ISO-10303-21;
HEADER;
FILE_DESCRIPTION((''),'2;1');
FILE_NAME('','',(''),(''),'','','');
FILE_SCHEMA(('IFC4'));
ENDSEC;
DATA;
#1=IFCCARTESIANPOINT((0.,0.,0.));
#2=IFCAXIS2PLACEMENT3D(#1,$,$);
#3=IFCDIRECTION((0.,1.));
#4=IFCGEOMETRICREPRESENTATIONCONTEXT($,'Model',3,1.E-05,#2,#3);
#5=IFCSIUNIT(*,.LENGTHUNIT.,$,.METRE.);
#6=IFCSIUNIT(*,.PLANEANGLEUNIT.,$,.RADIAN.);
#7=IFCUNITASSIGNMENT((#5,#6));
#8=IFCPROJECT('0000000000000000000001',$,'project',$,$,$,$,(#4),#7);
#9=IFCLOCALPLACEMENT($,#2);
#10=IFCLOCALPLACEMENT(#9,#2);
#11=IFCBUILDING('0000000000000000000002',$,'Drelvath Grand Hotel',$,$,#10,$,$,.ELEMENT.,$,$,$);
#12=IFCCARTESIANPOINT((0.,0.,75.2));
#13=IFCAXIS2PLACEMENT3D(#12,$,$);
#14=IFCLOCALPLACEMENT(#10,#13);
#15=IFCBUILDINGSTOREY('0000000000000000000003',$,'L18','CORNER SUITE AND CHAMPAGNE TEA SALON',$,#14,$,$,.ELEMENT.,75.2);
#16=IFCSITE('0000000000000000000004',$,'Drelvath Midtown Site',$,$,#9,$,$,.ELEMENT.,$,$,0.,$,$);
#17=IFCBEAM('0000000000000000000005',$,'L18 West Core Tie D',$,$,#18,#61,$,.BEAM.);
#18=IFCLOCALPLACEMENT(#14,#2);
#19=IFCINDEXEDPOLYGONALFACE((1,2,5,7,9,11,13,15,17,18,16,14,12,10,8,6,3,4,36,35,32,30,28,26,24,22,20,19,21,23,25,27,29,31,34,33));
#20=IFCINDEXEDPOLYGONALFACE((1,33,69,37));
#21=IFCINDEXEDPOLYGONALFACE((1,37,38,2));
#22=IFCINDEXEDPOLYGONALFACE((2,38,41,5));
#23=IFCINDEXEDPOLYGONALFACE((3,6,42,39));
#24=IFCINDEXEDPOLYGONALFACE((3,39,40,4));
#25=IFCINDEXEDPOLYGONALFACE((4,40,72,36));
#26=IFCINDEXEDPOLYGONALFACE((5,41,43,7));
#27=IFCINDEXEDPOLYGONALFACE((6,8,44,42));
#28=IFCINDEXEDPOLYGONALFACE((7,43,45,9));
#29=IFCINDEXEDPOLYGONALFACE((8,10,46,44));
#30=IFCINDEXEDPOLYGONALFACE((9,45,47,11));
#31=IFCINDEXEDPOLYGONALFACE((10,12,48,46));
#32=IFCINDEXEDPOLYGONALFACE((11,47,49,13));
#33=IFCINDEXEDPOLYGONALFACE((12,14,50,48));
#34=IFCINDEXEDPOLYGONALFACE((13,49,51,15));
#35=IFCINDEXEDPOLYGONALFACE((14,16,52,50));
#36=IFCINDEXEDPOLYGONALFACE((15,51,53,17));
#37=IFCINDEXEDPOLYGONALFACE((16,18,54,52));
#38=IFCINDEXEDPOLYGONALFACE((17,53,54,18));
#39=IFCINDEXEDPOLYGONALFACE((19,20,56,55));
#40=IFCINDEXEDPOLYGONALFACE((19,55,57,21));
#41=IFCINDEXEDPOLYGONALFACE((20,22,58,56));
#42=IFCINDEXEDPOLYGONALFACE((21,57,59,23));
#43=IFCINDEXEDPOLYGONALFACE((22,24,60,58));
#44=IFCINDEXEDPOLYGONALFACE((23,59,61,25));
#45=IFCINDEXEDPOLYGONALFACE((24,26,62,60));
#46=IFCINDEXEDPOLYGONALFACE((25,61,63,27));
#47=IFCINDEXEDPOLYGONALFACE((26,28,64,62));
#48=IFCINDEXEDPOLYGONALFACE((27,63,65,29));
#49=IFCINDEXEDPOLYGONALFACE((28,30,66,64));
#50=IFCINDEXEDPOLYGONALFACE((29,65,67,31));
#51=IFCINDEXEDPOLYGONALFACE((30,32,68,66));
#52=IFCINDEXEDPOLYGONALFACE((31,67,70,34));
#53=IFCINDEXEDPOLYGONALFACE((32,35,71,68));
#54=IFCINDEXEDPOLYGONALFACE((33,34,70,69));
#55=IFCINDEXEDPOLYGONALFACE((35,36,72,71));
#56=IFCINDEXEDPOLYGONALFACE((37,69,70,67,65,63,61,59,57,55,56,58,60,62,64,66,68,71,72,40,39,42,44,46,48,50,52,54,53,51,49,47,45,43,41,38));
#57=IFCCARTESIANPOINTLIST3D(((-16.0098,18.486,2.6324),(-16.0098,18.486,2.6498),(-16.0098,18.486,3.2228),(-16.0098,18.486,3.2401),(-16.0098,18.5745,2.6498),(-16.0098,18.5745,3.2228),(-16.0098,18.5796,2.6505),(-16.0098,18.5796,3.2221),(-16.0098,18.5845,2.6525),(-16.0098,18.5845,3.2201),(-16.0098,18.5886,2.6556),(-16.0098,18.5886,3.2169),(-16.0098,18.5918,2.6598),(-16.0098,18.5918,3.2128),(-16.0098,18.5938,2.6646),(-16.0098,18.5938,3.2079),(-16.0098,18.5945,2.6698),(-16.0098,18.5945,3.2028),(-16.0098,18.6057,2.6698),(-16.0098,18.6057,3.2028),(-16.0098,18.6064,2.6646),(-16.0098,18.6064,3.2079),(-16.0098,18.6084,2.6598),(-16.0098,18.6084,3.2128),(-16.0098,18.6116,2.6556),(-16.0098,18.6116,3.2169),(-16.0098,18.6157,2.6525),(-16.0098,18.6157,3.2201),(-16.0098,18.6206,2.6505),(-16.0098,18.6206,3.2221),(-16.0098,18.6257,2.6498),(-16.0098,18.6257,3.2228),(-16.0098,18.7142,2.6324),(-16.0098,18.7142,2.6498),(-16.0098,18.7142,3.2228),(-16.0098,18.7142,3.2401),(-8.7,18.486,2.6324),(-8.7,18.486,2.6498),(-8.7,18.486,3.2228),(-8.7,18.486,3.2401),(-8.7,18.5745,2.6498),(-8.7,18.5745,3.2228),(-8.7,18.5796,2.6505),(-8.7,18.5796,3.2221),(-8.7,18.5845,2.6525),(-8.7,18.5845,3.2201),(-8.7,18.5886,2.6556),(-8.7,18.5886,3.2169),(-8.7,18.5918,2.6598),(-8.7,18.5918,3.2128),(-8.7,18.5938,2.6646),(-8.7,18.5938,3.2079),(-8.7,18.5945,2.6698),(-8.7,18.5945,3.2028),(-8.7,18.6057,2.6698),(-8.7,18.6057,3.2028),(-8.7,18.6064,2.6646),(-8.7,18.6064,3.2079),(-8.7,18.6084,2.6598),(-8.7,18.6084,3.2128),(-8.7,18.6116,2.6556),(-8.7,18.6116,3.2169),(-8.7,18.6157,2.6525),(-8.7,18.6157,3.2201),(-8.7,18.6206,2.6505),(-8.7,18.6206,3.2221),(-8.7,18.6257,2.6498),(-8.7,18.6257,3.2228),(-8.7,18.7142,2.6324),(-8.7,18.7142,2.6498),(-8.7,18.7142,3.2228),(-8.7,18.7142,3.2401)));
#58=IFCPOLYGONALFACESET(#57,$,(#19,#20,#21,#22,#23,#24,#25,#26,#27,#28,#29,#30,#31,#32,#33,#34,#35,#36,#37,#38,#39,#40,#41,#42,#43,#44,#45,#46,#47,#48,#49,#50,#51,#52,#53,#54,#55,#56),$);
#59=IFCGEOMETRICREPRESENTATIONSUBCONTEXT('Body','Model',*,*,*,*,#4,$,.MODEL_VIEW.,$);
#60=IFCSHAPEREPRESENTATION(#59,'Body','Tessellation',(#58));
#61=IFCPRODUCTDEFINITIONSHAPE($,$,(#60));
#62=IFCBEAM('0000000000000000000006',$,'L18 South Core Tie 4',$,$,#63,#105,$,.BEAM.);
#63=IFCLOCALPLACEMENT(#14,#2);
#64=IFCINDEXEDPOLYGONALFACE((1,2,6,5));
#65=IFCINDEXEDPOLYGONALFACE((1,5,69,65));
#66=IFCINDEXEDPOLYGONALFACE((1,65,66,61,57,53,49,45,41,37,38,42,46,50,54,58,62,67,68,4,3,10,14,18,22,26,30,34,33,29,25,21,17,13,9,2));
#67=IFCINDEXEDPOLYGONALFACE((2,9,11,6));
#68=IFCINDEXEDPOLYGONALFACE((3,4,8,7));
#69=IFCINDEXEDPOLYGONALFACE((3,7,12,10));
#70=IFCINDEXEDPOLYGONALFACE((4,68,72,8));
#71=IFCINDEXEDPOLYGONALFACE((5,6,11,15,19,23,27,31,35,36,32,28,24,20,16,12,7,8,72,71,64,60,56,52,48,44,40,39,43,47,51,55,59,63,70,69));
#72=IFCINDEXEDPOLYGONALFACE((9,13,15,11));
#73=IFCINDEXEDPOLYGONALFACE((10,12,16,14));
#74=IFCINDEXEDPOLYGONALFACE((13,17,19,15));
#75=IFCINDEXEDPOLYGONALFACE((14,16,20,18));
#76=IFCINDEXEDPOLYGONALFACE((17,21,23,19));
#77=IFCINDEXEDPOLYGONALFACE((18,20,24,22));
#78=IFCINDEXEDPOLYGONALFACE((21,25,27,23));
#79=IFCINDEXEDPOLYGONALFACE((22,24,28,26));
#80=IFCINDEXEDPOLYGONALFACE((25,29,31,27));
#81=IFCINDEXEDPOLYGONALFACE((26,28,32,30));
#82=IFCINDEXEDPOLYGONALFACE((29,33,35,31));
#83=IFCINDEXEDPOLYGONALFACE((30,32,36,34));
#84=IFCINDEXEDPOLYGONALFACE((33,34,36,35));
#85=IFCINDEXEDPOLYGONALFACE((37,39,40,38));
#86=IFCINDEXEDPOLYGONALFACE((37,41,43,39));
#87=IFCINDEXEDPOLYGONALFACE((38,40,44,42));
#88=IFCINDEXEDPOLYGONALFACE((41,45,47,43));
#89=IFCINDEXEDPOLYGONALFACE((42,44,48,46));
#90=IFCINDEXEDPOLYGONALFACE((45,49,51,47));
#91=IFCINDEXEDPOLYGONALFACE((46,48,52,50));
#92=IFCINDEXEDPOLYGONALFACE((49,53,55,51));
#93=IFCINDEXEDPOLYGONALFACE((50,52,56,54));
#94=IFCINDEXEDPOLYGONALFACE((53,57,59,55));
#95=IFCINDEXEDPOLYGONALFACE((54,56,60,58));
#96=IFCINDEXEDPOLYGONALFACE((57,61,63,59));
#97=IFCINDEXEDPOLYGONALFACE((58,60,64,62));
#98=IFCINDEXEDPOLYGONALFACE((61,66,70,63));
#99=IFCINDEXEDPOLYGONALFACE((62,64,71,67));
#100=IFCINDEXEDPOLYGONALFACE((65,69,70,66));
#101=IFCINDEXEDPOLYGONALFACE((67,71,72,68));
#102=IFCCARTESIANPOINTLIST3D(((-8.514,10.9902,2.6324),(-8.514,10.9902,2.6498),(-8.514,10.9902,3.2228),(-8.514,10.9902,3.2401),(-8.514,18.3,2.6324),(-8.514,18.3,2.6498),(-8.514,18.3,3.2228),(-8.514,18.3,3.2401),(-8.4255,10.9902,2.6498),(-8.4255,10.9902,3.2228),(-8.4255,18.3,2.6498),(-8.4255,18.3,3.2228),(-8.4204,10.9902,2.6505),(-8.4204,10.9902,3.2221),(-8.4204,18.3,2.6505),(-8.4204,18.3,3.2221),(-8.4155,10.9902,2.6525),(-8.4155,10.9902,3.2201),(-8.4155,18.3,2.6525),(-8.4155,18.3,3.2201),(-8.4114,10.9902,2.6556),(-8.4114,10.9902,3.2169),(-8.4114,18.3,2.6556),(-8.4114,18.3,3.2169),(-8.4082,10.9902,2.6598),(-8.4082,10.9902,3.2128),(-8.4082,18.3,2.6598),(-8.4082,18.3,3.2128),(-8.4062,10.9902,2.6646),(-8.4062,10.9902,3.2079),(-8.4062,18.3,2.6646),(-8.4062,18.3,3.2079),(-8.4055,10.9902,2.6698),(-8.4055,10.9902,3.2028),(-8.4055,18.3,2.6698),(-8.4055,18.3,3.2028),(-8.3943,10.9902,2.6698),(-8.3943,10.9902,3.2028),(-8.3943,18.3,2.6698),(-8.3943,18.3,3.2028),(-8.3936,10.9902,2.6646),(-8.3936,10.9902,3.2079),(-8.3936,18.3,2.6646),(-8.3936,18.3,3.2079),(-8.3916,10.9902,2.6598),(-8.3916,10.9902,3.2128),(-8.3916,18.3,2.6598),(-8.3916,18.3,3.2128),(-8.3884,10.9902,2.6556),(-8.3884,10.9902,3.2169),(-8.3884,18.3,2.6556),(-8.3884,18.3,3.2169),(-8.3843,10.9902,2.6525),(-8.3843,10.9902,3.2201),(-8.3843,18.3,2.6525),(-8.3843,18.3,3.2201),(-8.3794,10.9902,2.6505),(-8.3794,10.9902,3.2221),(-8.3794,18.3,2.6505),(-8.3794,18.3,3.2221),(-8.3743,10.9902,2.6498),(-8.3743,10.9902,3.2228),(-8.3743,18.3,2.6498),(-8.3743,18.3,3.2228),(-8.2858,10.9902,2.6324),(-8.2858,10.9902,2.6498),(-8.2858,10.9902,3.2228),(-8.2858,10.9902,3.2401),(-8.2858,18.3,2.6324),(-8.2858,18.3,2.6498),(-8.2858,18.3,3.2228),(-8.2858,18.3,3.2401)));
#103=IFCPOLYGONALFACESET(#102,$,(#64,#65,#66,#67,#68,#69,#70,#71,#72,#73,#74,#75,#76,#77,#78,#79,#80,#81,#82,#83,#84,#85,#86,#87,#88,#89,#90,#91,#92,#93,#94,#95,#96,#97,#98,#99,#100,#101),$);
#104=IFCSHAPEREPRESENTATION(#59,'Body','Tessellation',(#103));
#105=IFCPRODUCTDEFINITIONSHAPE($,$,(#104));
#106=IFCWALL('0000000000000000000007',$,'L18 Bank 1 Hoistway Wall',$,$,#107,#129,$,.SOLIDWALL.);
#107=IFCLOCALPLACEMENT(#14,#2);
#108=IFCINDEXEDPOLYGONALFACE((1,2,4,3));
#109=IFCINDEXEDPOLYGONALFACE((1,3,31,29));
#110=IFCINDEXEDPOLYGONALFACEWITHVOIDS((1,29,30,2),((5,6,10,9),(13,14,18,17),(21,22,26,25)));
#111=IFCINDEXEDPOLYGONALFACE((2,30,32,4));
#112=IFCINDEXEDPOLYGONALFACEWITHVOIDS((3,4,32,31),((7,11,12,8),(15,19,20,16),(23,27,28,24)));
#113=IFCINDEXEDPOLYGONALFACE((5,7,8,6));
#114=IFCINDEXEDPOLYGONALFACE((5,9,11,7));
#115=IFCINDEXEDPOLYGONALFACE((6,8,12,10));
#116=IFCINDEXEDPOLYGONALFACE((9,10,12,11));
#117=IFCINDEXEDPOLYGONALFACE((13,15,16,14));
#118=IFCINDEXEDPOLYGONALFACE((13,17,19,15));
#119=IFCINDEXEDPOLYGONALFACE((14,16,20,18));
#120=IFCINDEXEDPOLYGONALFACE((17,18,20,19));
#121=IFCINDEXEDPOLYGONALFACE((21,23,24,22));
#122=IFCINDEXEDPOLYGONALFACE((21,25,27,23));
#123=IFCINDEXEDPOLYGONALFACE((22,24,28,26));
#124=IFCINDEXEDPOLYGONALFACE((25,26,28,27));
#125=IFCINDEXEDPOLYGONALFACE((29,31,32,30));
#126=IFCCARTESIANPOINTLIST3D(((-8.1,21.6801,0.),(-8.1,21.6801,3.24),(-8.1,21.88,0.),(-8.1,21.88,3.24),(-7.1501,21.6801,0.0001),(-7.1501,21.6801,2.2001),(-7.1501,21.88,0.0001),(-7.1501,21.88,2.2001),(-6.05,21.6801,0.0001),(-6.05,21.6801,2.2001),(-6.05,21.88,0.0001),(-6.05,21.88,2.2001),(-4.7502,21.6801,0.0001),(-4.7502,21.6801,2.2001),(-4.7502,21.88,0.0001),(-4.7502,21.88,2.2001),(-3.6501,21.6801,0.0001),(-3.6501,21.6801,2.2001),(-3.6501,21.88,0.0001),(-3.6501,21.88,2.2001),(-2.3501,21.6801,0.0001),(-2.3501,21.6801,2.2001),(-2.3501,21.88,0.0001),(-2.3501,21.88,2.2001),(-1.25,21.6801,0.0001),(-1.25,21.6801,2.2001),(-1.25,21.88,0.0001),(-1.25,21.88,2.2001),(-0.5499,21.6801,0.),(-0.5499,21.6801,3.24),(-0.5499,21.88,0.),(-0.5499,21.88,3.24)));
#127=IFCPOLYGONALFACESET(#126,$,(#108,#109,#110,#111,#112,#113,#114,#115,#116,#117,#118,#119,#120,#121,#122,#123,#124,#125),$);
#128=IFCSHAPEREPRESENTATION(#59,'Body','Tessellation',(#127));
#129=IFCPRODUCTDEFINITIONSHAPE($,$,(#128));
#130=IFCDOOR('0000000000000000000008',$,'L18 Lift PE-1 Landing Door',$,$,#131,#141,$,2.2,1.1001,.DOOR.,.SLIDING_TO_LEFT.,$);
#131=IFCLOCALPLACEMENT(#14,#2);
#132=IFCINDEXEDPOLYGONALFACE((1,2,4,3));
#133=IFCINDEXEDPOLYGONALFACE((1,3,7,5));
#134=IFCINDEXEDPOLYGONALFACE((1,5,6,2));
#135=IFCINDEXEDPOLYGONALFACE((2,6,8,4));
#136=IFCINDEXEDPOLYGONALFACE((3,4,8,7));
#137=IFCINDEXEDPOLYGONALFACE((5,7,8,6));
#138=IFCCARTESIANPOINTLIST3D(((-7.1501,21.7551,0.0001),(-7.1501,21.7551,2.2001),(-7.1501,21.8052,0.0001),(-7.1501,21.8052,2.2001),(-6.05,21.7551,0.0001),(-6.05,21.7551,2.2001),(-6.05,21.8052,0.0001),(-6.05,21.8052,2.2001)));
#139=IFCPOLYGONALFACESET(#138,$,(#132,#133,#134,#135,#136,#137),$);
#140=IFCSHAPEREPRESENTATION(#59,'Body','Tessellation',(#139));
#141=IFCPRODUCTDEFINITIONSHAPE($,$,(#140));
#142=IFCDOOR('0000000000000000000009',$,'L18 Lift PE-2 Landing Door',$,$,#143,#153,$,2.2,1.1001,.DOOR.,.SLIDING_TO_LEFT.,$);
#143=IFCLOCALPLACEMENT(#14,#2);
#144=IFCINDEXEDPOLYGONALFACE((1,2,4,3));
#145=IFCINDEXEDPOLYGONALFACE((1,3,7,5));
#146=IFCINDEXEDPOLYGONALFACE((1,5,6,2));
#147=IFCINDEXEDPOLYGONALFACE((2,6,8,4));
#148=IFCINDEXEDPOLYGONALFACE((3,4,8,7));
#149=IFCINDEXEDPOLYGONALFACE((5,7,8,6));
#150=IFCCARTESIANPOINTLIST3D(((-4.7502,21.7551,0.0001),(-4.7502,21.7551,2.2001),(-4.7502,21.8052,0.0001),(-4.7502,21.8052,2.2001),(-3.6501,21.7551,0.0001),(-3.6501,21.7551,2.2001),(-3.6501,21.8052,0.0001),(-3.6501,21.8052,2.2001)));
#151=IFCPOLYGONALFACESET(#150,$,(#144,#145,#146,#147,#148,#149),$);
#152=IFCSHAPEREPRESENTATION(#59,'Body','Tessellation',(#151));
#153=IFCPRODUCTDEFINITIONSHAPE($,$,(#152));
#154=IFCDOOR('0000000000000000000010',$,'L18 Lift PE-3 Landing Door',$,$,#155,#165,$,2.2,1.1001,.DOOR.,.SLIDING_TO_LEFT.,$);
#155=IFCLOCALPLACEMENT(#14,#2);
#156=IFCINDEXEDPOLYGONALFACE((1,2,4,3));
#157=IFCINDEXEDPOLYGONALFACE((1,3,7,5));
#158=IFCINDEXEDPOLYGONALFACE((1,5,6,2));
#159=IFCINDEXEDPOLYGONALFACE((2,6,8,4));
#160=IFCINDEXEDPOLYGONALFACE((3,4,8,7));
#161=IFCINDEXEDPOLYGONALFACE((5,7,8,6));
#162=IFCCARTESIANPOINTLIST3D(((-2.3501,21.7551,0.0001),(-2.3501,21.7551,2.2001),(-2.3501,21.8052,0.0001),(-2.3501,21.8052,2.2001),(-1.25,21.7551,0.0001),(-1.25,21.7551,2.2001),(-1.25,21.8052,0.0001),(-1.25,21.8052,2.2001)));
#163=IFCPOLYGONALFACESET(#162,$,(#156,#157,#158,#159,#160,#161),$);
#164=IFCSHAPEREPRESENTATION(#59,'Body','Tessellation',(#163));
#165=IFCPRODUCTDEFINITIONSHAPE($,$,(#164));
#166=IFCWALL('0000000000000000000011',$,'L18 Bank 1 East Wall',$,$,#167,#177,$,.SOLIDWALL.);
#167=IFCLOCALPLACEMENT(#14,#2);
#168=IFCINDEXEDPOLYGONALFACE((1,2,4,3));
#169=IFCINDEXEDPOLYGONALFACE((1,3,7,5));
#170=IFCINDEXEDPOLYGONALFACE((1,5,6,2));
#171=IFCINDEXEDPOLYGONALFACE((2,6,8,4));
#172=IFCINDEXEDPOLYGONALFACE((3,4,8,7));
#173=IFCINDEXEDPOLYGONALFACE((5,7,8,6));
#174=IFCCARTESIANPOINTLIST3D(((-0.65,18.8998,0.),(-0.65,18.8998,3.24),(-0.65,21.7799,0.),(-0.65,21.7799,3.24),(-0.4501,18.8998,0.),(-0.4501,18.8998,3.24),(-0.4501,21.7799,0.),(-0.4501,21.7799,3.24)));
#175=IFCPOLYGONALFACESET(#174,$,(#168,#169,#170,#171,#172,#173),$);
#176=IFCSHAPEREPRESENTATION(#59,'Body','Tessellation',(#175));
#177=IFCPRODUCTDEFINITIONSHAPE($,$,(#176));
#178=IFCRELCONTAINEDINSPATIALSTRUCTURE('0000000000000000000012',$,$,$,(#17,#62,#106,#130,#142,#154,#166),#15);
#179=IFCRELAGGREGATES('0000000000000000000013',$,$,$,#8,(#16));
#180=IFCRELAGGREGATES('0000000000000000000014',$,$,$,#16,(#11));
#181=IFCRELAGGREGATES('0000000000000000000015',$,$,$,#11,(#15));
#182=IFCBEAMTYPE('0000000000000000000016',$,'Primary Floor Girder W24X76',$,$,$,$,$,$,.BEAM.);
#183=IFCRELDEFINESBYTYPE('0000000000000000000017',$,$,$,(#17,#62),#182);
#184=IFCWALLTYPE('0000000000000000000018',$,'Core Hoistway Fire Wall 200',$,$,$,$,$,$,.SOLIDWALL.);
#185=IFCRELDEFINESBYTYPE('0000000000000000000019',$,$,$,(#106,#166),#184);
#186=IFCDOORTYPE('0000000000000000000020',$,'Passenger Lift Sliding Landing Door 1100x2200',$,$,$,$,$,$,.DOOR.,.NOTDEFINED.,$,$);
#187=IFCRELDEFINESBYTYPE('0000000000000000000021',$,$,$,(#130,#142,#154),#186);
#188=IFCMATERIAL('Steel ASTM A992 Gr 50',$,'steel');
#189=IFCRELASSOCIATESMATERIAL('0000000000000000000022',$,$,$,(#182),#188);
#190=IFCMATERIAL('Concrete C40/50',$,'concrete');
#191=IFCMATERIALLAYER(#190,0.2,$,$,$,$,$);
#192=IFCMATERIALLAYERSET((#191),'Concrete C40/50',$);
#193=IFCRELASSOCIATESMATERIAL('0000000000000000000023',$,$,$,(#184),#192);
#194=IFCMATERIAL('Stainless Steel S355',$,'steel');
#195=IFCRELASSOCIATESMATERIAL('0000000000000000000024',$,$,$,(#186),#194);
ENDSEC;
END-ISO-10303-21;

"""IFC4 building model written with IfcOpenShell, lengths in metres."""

from ifc_helpers import new_model, si_unit, direction, frame, frame_2d, origin, origin_2d, place, context, subcontext, project, spatial, rectangle, i_section, extrude, material, layer, layer_set, material_profile, profile_set, type_object, element, fill, save


model = new_model("IFC4")

# Units and contexts
model_context = context("Model", 3, precision=1e-05, world=origin(), true_north=direction((0.0, 1.0)))
body_context = subcontext(model_context, "Body", "Model", "MODEL_VIEW")
ifc_project = project(units=[si_unit("LENGTHUNIT", "METRE"), si_unit("PLANEANGLEUNIT", "RADIAN")], contexts=[model_context])

# Site, building, storey
site_placement = place(None, origin())
site = spatial("IfcSite", under=ifc_project, at=site_placement, Name="Drelvath Midtown Site", CompositionType="ELEMENT", RefElevation=0.0)
building_placement = place(site_placement, origin())
building = spatial("IfcBuilding", under=site, at=building_placement, Name="Drelvath Grand Hotel", CompositionType="ELEMENT")
storey_placement = place(building_placement, frame((0.0, 0.0, 75.2)))
storey = spatial("IfcBuildingStorey", under=building, at=storey_placement, Name="L18", Description="CORNER SUITE AND CHAMPAGNE TEA SALON", CompositionType="ELEMENT", Elevation=75.2)

# Beams
ifc_material_1 = material(Name="Steel ASTM A992 Gr 50", Category="steel")
ifc_material_profile = material_profile(ifc_material_1, i_section(OverallWidth=0.2283, OverallDepth=0.6077, WebThickness=0.0112, FlangeThickness=0.0173, FilletRadius=0.02, at=origin_2d()), Name="W24X76")
ifc_profile_set = profile_set([ifc_material_profile], Name="Steel ASTM A992 Gr 50")
beam_type = type_object("IfcBeamType", Name="Primary Floor Girder W24X76", PredefinedType="BEAM", material=ifc_profile_set)
for number, where, z_axis, x_axis, name in (
    (1, (-16.0098, 18.6001, 2.9363), (1.0, 0.0, 0.0), (0.0, 1.0, 0.0), "L18 West Core Tie D"),
    (2, (-8.3999, 10.9902, 2.9363), (0.0, 1.0, 0.0), (-1.0, 0.0, 0.0), "L18 South Core Tie 4"),
):
    element("IfcBeam", number, at=place(storey_placement, frame(where, z_axis=z_axis, x_axis=x_axis)), inside=storey, type_object=beam_type, Name=name, PredefinedType="BEAM", context=body_context, shape_type="SweptSolid", body=[
        extrude(i_section(OverallWidth=0.2283, OverallDepth=0.6077, WebThickness=0.0112, FlangeThickness=0.0173, FilletRadius=0.02, at=origin_2d()), origin(), (0.0, 0.0, 1.0), 7.3098),
    ])

# Wall, openings, doors
ifc_material_2 = material(Name="Concrete C40/50", Category="concrete")
ifc_layer_1 = layer(ifc_material_2, 0.2)
ifc_layer_set_1 = layer_set([ifc_layer_1], Name="Concrete C40/50")
wall_type_1 = type_object("IfcWallType", Name="Core Hoistway Fire Wall 200", PredefinedType="SOLIDWALL", material=ifc_layer_set_1)
wall_1_placement = place(storey_placement, frame((-0.55, 21.78, 0.0), z_axis=(0.0, 0.0, 1.0), x_axis=(-1.0, 0.0, 0.0)))
wall_1 = element("IfcWall", 3, at=wall_1_placement, inside=storey, type_object=wall_type_1, Name="L18 Bank 1 Hoistway Wall", PredefinedType="SOLIDWALL", context=body_context, shape_type="SweptSolid", body=[
    extrude(rectangle(XDim=7.55, YDim=0.2, at=frame_2d((3.7749, 0.0))), origin(), (0.0, 0.0, 1.0), 3.24),
])
opening_1_placement = place(wall_1_placement, frame((5.5, 0.0, 0.0)))
opening_1 = element("IfcOpeningElement", 4, at=opening_1_placement, cuts=wall_1, PredefinedType="OPENING", context=body_context, shape_type="SweptSolid", body=[
    extrude(rectangle(XDim=1.1001, YDim=2.2, at=frame_2d((0.55, 1.1001))), frame((0.0, 0.1099, 0.0), z_axis=(0.0, -1.0, 0.0), x_axis=(1.0, 0.0, 0.0)), (0.0, 0.0, 1.0), 0.22),
])
opening_2_placement = place(wall_1_placement, frame((3.1001, 0.0, 0.0)))
opening_2 = element("IfcOpeningElement", 5, at=opening_2_placement, cuts=wall_1, PredefinedType="OPENING", context=body_context, shape_type="SweptSolid", body=[
    extrude(rectangle(XDim=1.1001, YDim=2.2, at=frame_2d((0.55, 1.1001))), frame((0.0, 0.1099, 0.0), z_axis=(0.0, -1.0, 0.0), x_axis=(1.0, 0.0, 0.0)), (0.0, 0.0, 1.0), 0.22),
])
opening_3_placement = place(wall_1_placement, frame((0.7, 0.0, 0.0)))
opening_3 = element("IfcOpeningElement", 6, at=opening_3_placement, cuts=wall_1, PredefinedType="OPENING", context=body_context, shape_type="SweptSolid", body=[
    extrude(rectangle(XDim=1.1001, YDim=2.2, at=frame_2d((0.55, 1.1001))), frame((0.0, 0.1099, 0.0), z_axis=(0.0, -1.0, 0.0), x_axis=(1.0, 0.0, 0.0)), (0.0, 0.0, 1.0), 0.22),
])
ifc_material_3 = material(Name="Stainless Steel S355", Category="steel")
door_type_1 = type_object("IfcDoorType", Name="Passenger Lift Sliding Landing Door 1100x2200", OperationType="NOTDEFINED", PredefinedType="DOOR", material=ifc_material_3)
door_1_placement = place(opening_1_placement, origin())
door_1 = element("IfcDoor", 7, at=door_1_placement, inside=storey, type_object=door_type_1, Name="L18 Lift PE-1 Landing Door", OperationType="SLIDING_TO_LEFT", OverallHeight=2.2, OverallWidth=1.1001, PredefinedType="DOOR", context=body_context, shape_type="SweptSolid", body=[
    extrude(rectangle(XDim=1.1001, YDim=2.2, at=frame_2d((0.55, 1.1001))), frame((0.0, 0.0249, 0.0), z_axis=(0.0, -1.0, 0.0), x_axis=(1.0, 0.0, 0.0)), (0.0, 0.0, 1.0), 0.05),
])
fill(opening_1, door_1)
door_2_placement = place(opening_2_placement, origin())
door_2 = element("IfcDoor", 8, at=door_2_placement, inside=storey, type_object=door_type_1, Name="L18 Lift PE-2 Landing Door", OperationType="SLIDING_TO_LEFT", OverallHeight=2.2, OverallWidth=1.1001, PredefinedType="DOOR", context=body_context, shape_type="SweptSolid", body=[
    extrude(rectangle(XDim=1.1001, YDim=2.2, at=frame_2d((0.55, 1.1001))), frame((0.0, 0.0249, 0.0), z_axis=(0.0, -1.0, 0.0), x_axis=(1.0, 0.0, 0.0)), (0.0, 0.0, 1.0), 0.05),
])
fill(opening_2, door_2)
door_3_placement = place(opening_3_placement, origin())
door_3 = element("IfcDoor", 9, at=door_3_placement, inside=storey, type_object=door_type_1, Name="L18 Lift PE-3 Landing Door", OperationType="SLIDING_TO_LEFT", OverallHeight=2.2, OverallWidth=1.1001, PredefinedType="DOOR", context=body_context, shape_type="SweptSolid", body=[
    extrude(rectangle(XDim=1.1001, YDim=2.2, at=frame_2d((0.55, 1.1001))), frame((0.0, 0.0249, 0.0), z_axis=(0.0, -1.0, 0.0), x_axis=(1.0, 0.0, 0.0)), (0.0, 0.0, 1.0), 0.05),
])
fill(opening_3, door_3)

# Wall
wall_2_placement = place(storey_placement, frame((-0.55, 18.8999, 0.0), z_axis=(0.0, 0.0, 1.0), x_axis=(0.0, 1.0, 0.0)))
element("IfcWall", 10, at=wall_2_placement, inside=storey, type_object=wall_type_1, Name="L18 Bank 1 East Wall", PredefinedType="SOLIDWALL", context=body_context, shape_type="SweptSolid", body=[
    extrude(rectangle(XDim=2.8801, YDim=0.2, at=frame_2d((1.4399, 0.0))), origin(), (0.0, 0.0, 1.0), 3.24),
])

save(model, "model.ifc")
